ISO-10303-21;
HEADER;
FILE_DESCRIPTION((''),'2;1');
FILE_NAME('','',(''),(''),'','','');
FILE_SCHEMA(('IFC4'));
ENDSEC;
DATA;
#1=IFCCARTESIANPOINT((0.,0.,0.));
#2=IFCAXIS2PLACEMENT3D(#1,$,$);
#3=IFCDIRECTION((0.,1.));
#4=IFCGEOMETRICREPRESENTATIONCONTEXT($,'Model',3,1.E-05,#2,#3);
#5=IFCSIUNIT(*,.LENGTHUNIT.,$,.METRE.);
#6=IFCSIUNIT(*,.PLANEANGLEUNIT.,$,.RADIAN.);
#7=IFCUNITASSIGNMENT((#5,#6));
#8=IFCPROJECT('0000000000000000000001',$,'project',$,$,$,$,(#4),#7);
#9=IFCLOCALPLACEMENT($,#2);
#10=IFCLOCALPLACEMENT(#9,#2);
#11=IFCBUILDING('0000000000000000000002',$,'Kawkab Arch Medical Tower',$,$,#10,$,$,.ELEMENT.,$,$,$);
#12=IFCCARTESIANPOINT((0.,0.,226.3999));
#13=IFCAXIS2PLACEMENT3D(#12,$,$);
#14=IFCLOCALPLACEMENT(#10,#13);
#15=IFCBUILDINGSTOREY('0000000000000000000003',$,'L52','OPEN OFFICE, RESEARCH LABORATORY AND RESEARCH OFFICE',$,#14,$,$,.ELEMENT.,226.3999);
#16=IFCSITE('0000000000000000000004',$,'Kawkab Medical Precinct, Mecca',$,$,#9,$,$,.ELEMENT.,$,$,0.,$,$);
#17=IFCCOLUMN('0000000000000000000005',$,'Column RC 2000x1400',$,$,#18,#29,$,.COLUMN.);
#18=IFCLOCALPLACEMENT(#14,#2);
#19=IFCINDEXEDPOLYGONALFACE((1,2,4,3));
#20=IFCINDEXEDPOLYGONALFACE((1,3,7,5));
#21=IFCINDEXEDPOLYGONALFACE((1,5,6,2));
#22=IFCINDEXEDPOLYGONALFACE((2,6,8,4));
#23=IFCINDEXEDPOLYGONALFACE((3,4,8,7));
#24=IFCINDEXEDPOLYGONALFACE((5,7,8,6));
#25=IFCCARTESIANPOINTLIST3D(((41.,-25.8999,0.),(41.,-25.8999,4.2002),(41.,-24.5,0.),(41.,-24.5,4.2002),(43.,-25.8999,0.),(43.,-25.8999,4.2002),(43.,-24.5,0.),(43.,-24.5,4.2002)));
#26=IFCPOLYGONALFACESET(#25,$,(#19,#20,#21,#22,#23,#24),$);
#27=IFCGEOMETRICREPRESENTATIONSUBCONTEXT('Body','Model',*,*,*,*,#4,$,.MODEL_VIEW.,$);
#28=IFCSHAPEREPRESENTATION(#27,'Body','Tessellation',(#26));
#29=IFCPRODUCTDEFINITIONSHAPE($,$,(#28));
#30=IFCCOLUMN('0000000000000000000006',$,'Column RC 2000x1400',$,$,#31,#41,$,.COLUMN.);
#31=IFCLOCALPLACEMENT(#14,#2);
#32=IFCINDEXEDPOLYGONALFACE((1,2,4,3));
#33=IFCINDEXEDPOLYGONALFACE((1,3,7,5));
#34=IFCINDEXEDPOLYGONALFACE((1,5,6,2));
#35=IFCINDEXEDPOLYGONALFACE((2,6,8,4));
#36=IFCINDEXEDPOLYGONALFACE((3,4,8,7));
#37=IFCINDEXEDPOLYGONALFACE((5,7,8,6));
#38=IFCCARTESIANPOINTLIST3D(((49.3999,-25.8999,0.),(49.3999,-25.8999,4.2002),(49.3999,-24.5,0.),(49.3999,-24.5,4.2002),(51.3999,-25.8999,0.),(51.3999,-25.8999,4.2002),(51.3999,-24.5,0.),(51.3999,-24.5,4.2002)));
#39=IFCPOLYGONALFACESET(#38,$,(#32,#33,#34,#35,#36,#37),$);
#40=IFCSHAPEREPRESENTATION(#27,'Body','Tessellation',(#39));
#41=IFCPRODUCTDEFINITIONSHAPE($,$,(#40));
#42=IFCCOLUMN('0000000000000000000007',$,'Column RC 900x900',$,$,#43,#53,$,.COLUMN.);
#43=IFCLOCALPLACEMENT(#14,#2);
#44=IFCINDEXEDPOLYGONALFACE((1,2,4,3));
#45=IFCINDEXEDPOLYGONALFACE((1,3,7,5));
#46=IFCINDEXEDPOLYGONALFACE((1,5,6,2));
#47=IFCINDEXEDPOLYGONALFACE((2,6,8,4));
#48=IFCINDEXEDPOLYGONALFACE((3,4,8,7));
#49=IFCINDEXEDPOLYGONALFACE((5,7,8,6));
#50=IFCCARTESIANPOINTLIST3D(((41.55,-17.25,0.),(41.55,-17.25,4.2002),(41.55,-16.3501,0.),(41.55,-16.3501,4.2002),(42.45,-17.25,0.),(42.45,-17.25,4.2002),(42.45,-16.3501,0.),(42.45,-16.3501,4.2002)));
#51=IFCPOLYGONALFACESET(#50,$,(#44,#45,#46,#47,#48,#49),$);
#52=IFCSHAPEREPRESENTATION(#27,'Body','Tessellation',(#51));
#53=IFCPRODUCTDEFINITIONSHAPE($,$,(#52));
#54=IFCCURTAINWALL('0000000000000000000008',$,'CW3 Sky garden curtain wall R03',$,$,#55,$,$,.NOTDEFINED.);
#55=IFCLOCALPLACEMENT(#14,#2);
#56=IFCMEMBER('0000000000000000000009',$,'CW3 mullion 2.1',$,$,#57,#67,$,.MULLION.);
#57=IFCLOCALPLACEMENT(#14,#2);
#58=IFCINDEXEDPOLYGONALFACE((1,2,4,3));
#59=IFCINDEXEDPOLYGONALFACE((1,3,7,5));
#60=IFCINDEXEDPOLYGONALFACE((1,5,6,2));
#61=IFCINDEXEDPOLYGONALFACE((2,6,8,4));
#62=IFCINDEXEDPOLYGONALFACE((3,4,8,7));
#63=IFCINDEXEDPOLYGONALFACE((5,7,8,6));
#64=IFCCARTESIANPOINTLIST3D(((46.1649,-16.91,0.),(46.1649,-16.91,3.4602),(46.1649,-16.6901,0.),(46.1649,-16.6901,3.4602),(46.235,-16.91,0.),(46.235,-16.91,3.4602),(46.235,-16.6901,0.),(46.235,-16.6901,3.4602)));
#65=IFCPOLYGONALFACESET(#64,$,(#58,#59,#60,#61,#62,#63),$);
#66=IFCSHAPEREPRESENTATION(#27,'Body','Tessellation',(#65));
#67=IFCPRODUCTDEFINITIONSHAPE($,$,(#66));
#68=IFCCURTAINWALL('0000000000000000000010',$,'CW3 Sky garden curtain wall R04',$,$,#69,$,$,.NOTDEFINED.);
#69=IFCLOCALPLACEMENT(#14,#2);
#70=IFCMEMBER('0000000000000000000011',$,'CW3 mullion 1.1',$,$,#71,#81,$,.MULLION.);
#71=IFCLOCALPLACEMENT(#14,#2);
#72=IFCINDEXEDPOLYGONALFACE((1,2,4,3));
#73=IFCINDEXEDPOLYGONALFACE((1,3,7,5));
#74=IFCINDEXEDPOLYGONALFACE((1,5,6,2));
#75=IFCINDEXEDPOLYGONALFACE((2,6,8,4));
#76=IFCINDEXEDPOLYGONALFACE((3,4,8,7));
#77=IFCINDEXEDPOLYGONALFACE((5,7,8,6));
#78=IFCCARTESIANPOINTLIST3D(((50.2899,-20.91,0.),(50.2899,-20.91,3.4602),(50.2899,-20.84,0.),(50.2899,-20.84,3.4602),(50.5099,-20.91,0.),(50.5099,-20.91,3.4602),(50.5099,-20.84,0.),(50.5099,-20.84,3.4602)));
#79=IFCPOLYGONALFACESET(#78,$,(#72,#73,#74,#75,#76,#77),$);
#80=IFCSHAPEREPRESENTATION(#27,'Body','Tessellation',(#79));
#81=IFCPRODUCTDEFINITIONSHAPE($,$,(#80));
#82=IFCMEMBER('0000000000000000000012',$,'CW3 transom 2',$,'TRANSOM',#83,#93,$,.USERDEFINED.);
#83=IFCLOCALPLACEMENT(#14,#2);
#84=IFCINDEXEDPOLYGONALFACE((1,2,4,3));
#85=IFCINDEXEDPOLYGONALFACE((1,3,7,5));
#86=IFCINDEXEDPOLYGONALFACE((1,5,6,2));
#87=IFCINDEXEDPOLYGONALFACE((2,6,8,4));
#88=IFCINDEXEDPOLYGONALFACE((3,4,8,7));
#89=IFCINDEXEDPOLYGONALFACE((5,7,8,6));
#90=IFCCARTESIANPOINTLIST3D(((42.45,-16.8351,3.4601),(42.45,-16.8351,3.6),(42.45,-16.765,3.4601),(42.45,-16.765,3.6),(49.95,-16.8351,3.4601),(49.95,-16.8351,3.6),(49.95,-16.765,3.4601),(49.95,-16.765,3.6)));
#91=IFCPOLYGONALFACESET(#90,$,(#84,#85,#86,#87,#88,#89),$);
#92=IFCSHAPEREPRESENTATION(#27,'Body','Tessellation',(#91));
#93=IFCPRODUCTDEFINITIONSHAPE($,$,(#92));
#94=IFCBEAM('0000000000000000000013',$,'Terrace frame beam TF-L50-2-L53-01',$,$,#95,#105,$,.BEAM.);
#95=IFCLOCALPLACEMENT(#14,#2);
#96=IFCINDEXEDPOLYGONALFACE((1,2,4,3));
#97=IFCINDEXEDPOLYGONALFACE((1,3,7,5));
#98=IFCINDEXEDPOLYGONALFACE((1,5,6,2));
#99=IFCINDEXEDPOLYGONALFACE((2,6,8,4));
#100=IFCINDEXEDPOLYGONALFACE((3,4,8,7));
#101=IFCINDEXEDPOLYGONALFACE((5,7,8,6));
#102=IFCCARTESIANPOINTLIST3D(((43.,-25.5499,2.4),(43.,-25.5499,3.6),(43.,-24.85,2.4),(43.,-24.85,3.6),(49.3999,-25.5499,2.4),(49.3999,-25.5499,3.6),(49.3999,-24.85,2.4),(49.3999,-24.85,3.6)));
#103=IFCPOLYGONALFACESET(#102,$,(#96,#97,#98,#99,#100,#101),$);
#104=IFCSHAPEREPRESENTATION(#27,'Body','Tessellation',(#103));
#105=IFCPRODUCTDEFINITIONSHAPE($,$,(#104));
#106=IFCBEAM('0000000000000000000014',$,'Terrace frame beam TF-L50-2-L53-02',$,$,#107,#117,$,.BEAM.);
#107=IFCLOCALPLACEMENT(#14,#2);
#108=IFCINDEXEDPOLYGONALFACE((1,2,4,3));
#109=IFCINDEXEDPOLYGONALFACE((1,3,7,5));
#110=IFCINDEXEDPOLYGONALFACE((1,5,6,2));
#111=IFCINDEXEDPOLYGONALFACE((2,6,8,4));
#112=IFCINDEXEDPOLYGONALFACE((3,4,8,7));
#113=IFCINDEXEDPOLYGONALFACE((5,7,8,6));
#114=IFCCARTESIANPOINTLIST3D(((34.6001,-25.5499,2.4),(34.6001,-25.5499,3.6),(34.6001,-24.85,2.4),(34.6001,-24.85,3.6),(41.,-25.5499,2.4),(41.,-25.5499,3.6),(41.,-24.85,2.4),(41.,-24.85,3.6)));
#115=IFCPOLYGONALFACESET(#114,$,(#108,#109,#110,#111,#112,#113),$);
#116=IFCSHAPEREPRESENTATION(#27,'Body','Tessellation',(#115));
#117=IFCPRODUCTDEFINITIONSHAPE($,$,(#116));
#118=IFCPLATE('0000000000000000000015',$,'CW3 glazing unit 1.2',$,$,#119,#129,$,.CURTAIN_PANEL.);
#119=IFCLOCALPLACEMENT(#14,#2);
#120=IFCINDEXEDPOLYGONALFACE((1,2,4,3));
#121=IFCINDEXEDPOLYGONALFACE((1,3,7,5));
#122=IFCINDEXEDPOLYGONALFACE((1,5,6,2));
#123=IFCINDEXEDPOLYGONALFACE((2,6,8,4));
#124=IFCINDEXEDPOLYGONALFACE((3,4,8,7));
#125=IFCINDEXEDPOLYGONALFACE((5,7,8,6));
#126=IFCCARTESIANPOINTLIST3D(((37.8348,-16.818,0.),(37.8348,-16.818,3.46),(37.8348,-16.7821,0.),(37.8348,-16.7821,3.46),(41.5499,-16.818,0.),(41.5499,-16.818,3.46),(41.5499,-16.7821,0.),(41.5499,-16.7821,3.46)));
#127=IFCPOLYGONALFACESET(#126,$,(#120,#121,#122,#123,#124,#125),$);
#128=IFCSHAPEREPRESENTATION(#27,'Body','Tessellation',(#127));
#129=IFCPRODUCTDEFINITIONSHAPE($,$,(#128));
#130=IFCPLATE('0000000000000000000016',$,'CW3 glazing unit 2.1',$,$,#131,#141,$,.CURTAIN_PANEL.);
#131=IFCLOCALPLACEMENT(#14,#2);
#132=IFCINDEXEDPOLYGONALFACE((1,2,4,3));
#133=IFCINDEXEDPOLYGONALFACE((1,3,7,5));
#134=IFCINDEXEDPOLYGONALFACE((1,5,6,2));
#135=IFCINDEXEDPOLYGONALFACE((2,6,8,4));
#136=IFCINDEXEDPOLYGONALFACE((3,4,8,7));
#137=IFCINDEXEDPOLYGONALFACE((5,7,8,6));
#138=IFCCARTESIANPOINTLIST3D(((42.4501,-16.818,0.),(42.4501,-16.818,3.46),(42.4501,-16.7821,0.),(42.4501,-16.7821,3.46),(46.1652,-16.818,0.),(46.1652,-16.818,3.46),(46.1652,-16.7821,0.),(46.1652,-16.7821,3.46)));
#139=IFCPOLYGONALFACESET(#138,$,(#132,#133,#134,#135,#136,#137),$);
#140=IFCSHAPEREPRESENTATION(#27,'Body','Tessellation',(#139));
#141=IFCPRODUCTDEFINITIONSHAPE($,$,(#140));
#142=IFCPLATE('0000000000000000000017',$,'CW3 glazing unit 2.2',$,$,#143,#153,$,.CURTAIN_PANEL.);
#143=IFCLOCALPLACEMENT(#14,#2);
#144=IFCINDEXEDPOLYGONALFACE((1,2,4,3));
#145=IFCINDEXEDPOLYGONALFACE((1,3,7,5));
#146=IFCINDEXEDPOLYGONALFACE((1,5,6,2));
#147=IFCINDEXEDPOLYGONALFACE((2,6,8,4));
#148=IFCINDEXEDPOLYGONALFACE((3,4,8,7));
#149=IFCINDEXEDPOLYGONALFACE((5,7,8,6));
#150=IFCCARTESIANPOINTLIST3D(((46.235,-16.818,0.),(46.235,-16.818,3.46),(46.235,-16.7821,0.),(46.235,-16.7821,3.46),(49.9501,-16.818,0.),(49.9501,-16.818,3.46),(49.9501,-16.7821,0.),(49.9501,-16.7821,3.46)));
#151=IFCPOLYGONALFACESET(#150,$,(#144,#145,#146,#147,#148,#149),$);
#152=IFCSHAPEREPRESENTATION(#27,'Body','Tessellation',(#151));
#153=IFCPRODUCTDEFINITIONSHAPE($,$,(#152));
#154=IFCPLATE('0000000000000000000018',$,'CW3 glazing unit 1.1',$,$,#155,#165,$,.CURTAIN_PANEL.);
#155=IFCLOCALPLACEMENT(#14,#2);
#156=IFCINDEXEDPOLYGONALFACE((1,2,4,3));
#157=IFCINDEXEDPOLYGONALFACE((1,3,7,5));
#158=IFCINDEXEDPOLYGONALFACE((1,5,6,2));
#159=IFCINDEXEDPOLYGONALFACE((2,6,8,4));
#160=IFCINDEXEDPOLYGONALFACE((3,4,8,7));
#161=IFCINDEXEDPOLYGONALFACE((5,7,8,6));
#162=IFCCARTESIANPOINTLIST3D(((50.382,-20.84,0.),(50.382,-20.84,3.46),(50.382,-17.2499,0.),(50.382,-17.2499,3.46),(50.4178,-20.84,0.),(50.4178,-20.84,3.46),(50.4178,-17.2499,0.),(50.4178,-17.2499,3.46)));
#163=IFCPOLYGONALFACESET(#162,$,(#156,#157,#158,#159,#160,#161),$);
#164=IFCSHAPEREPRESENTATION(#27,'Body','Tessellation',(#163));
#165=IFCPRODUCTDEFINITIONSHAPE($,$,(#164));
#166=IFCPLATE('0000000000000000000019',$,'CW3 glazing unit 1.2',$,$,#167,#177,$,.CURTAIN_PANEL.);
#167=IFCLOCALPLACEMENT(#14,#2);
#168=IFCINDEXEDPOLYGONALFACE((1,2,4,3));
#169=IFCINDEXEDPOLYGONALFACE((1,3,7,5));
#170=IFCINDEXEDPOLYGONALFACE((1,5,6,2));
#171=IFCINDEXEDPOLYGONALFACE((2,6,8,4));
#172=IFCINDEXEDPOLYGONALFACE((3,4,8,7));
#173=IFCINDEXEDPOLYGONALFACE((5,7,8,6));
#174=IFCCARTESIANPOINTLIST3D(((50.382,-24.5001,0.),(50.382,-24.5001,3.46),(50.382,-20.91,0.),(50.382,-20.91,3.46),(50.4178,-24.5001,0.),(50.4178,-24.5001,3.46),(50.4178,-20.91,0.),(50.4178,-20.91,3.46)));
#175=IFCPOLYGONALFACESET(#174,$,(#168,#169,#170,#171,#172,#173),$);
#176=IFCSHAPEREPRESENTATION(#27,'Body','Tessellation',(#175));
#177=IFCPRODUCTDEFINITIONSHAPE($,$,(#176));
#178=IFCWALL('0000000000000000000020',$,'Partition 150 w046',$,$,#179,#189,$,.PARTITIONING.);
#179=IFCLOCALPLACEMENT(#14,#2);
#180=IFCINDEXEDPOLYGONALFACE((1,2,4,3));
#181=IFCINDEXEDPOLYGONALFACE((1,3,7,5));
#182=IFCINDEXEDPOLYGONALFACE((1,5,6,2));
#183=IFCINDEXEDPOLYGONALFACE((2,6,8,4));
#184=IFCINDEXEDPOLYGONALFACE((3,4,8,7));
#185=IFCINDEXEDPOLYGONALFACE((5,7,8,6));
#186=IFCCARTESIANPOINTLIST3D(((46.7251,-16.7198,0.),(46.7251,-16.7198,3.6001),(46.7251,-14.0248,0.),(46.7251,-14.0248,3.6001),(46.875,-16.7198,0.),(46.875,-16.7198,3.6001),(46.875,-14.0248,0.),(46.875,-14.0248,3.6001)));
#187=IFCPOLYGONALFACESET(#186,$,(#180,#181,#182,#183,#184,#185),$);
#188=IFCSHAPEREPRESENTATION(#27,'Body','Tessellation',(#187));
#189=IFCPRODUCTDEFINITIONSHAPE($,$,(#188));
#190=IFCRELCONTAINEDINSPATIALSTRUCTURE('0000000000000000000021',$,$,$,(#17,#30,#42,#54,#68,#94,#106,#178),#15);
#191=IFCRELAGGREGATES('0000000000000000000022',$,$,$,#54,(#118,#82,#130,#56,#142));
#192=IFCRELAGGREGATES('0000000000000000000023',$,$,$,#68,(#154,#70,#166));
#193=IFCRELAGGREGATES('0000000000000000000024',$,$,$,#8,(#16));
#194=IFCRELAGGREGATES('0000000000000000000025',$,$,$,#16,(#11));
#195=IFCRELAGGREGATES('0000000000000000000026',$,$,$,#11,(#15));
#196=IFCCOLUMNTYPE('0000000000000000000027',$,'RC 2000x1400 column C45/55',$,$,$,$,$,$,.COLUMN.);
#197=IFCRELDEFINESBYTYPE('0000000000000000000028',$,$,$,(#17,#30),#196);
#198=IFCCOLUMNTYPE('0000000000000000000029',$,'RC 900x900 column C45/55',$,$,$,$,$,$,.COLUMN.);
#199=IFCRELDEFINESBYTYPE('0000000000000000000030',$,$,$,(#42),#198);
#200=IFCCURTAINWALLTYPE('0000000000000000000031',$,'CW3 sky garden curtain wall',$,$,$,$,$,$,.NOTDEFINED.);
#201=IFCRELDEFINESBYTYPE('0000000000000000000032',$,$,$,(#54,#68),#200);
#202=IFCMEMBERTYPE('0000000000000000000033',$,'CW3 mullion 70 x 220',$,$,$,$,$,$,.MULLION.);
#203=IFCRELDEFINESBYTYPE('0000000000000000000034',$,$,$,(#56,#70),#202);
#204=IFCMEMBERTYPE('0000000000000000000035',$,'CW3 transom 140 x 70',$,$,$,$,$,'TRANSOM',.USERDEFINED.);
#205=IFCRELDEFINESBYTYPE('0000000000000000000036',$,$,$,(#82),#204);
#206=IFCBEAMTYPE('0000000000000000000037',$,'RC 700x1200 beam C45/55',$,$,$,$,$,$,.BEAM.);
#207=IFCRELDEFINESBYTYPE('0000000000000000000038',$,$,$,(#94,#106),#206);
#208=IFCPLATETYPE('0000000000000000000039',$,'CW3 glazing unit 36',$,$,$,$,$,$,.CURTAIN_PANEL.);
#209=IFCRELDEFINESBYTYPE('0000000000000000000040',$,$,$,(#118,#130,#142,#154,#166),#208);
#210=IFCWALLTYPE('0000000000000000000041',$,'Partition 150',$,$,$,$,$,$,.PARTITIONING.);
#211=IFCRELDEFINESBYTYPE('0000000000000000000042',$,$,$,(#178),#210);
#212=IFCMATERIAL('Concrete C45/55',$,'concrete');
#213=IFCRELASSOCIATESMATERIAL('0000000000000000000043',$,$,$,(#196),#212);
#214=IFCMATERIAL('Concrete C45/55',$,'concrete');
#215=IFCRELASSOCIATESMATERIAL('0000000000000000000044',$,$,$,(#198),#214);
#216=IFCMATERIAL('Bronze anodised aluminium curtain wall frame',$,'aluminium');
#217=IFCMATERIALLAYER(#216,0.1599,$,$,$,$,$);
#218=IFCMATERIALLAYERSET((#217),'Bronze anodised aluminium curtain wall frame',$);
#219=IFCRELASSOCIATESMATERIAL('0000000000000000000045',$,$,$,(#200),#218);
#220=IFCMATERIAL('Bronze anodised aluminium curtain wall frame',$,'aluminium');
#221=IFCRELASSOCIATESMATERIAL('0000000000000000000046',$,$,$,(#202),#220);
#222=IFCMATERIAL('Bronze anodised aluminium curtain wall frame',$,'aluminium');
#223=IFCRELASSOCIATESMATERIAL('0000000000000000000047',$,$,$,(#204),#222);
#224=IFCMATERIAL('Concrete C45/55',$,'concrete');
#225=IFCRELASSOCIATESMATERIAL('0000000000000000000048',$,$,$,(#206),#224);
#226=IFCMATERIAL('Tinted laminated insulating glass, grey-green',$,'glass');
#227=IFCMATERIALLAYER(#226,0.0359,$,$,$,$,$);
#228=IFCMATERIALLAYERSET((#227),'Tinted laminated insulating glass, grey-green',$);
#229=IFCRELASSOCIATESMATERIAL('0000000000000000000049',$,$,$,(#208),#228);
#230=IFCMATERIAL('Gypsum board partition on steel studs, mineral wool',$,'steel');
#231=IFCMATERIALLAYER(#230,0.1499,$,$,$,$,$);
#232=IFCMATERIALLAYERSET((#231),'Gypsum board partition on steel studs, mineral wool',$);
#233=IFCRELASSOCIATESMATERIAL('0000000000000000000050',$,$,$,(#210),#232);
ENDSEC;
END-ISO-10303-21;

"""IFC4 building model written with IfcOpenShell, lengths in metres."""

from ifc_helpers import new_model, si_unit, direction, frame, frame_2d, origin, origin_2d, place, context, subcontext, project, spatial, rectangle, extrude, material, layer, layer_set, material_profile, profile_set, type_object, element, aggregate, save


model = new_model("IFC4")

# Units and contexts
model_context = context("Model", 3, precision=1e-05, world=origin(), true_north=direction((0.0, 1.0)))
body_context = subcontext(model_context, "Body", "Model", "MODEL_VIEW")
ifc_project = project(units=[si_unit("LENGTHUNIT", "METRE"), si_unit("PLANEANGLEUNIT", "RADIAN")], contexts=[model_context])

# Site, building, storey
site_placement = place(None, origin())
site = spatial("IfcSite", under=ifc_project, at=site_placement, Name="Kawkab Medical Precinct, Mecca", CompositionType="ELEMENT", RefElevation=0.0)
building_placement = place(site_placement, origin())
building = spatial("IfcBuilding", under=site, at=building_placement, Name="Kawkab Arch Medical Tower", CompositionType="ELEMENT")
storey_placement = place(building_placement, frame((0.0, 0.0, 226.3999)))
storey = spatial("IfcBuildingStorey", under=building, at=storey_placement, Name="L52", Description="OPEN OFFICE, RESEARCH LABORATORY AND RESEARCH OFFICE", CompositionType="ELEMENT", Elevation=226.3999)

# Columns
ifc_material_1 = material(Name="Concrete C45/55", Category="concrete")
ifc_material_profile_1 = material_profile(ifc_material_1, rectangle(XDim=2.0, YDim=1.3999, at=origin_2d()), Name="RC 2000x1400")
ifc_profile_set_1 = profile_set([ifc_material_profile_1], Name="Concrete C45/55")
column_type_1 = type_object("IfcColumnType", Name="RC 2000x1400 column C45/55", PredefinedType="COLUMN", material=ifc_profile_set_1)
for number, where, z_axis, x_axis, name in (
    (1, (42.0, -25.2, 0.0), (0.0, 0.0, 1.0), (-1.0, 0.0, 0.0), "Column RC 2000x1400"),
    (2, (50.3999, -25.2, 0.0), (0.0, 0.0, 1.0), (-1.0, 0.0, 0.0), "Column RC 2000x1400"),
):
    element("IfcColumn", number, at=place(storey_placement, frame(where, z_axis=z_axis, x_axis=x_axis)), inside=storey, type_object=column_type_1, Name=name, PredefinedType="COLUMN", context=body_context, shape_type="SweptSolid", body=[
        extrude(rectangle(XDim=2.0, YDim=1.3999, at=origin_2d()), origin(), (0.0, 0.0, 1.0), 4.2002),
    ])
ifc_material_2 = material(Name="Concrete C45/55", Category="concrete")
ifc_material_profile_2 = material_profile(ifc_material_2, rectangle(XDim=0.8999, YDim=0.8999, at=origin_2d()), Name="RC 900x900")
ifc_profile_set_2 = profile_set([ifc_material_profile_2], Name="Concrete C45/55")
column_type_2 = type_object("IfcColumnType", Name="RC 900x900 column C45/55", PredefinedType="COLUMN", material=ifc_profile_set_2)
column_placement = place(storey_placement, frame((42.0, -16.8, 0.0), z_axis=(0.0, 0.0, 1.0), x_axis=(1.0, 0.0, 0.0)))
element("IfcColumn", 3, at=column_placement, inside=storey, type_object=column_type_2, Name="Column RC 900x900", PredefinedType="COLUMN", context=body_context, shape_type="SweptSolid", body=[
    extrude(rectangle(XDim=0.8999, YDim=0.8999, at=origin_2d()), origin(), (0.0, 0.0, 1.0), 4.2002),
])

# Curtain walls, members
ifc_material_3 = material(Name="Bronze anodised aluminium curtain wall frame", Category="aluminium")
ifc_layer_1 = layer(ifc_material_3, 0.1599)
ifc_layer_set_1 = layer_set([ifc_layer_1], Name="Bronze anodised aluminium curtain wall frame")
curtain_wall_type = type_object("IfcCurtainWallType", Name="CW3 sky garden curtain wall", PredefinedType="NOTDEFINED", material=ifc_layer_set_1)
placement = place(storey_placement, origin())
curtain_wall_1 = element("IfcCurtainWall", 4, at=placement, inside=storey, type_object=curtain_wall_type, Name="CW3 Sky garden curtain wall R03", PredefinedType="NOTDEFINED")
ifc_material_4 = material(Name="Bronze anodised aluminium curtain wall frame", Category="aluminium")
ifc_material_profile_3 = material_profile(ifc_material_4, rectangle(XDim=0.22, YDim=0.0701, at=origin_2d()), Name="AL 70x220")
ifc_profile_set_3 = profile_set([ifc_material_profile_3], Name="Bronze anodised aluminium curtain wall frame")
member_type_1 = type_object("IfcMemberType", Name="CW3 mullion 70 x 220", PredefinedType="MULLION", material=ifc_profile_set_3)
member_1_placement = place(storey_placement, frame((46.2, -16.8, 0.0), z_axis=(0.0, 0.0, 1.0), x_axis=(0.0, 1.0, 0.0)))
member_1 = element("IfcMember", 5, at=member_1_placement, type_object=member_type_1, Name="CW3 mullion 2.1", PredefinedType="MULLION", context=body_context, shape_type="SweptSolid", body=[
    extrude(rectangle(XDim=0.22, YDim=0.0701, at=origin_2d()), origin(), (0.0, 0.0, 1.0), 3.4602),
])
curtain_wall_2 = element("IfcCurtainWall", 6, at=placement, inside=storey, type_object=curtain_wall_type, Name="CW3 Sky garden curtain wall R04", PredefinedType="NOTDEFINED")
member_2_placement = place(storey_placement, frame((50.3999, -20.875, 0.0), z_axis=(0.0, 0.0, 1.0), x_axis=(1.0, 0.0, 0.0)))
member_2 = element("IfcMember", 7, at=member_2_placement, type_object=member_type_1, Name="CW3 mullion 1.1", PredefinedType="MULLION", context=body_context, shape_type="SweptSolid", body=[
    extrude(rectangle(XDim=0.22, YDim=0.0701, at=origin_2d()), origin(), (0.0, 0.0, 1.0), 3.4602),
])

# Member
ifc_material_5 = material(Name="Bronze anodised aluminium curtain wall frame", Category="aluminium")
ifc_material_profile_4 = material_profile(ifc_material_5, rectangle(XDim=0.0701, YDim=0.1399, at=origin_2d()), Name="AL 70x140")
ifc_profile_set_4 = profile_set([ifc_material_profile_4], Name="Bronze anodised aluminium curtain wall frame")
member_type_2 = type_object("IfcMemberType", Name="CW3 transom 140 x 70", ElementType="TRANSOM", PredefinedType="USERDEFINED", material=ifc_profile_set_4)
member_3_placement = place(storey_placement, frame((42.45, -16.8, 3.53), z_axis=(1.0, 0.0, 0.0), x_axis=(0.0, 1.0, 0.0)))
member_3 = element("IfcMember", 8, at=member_3_placement, type_object=member_type_2, Name="CW3 transom 2", ObjectType="TRANSOM", PredefinedType="USERDEFINED", context=body_context, shape_type="SweptSolid", body=[
    extrude(rectangle(XDim=0.0701, YDim=0.1399, at=origin_2d()), origin(), (0.0, 0.0, 1.0), 7.5),
])

# Beams
ifc_material_6 = material(Name="Concrete C45/55", Category="concrete")
ifc_material_profile_5 = material_profile(ifc_material_6, rectangle(XDim=0.7, YDim=1.2, at=origin_2d()), Name="RC 700x1200")
ifc_profile_set_5 = profile_set([ifc_material_profile_5], Name="Concrete C45/55")
beam_type = type_object("IfcBeamType", Name="RC 700x1200 beam C45/55", PredefinedType="BEAM", material=ifc_profile_set_5)
for number, where, z_axis, x_axis, name in (
    (9, (49.3999, -25.2, 3.0), (-1.0, 0.0, 0.0), (0.0, -1.0, 0.0), "Terrace frame beam TF-L50-2-L53-01"),
    (10, (41.0, -25.2, 3.0), (-1.0, 0.0, 0.0), (0.0, -1.0, 0.0), "Terrace frame beam TF-L50-2-L53-02"),
):
    element("IfcBeam", number, at=place(storey_placement, frame(where, z_axis=z_axis, x_axis=x_axis)), inside=storey, type_object=beam_type, Name=name, PredefinedType="BEAM", context=body_context, shape_type="SweptSolid", body=[
        extrude(rectangle(XDim=0.7, YDim=1.2, at=origin_2d()), origin(), (0.0, 0.0, 1.0), 6.3999),
    ])

# Plates
ifc_material_7 = material(Name="Tinted laminated insulating glass, grey-green", Category="glass")
ifc_layer_2 = layer(ifc_material_7, 0.0359)
ifc_layer_set_2 = layer_set([ifc_layer_2], Name="Tinted laminated insulating glass, grey-green")
plate_type = type_object("IfcPlateType", Name="CW3 glazing unit 36", PredefinedType="CURTAIN_PANEL", material=ifc_layer_set_2)
plate_1_placement = place(storey_placement, frame((39.6924, -16.8, 0.0), z_axis=(0.0, 0.0, 1.0), x_axis=(1.0, 0.0, 0.0)))
plate_1 = element("IfcPlate", 11, at=plate_1_placement, type_object=plate_type, Name="CW3 glazing unit 1.2", PredefinedType="CURTAIN_PANEL", context=body_context, shape_type="SweptSolid", body=[
    extrude(rectangle(XDim=3.7151, YDim=0.0359, at=origin_2d()), origin(), (0.0, 0.0, 1.0), 3.46),
])
plate_2_placement = place(storey_placement, frame((44.3076, -16.8, 0.0), z_axis=(0.0, 0.0, 1.0), x_axis=(1.0, 0.0, 0.0)))
plate_2 = element("IfcPlate", 12, at=plate_2_placement, type_object=plate_type, Name="CW3 glazing unit 2.1", PredefinedType="CURTAIN_PANEL", context=body_context, shape_type="SweptSolid", body=[
    extrude(rectangle(XDim=3.7151, YDim=0.0359, at=origin_2d()), origin(), (0.0, 0.0, 1.0), 3.46),
])
plate_3_placement = place(storey_placement, frame((48.0925, -16.8, 0.0), z_axis=(0.0, 0.0, 1.0), x_axis=(1.0, 0.0, 0.0)))
plate_3 = element("IfcPlate", 13, at=plate_3_placement, type_object=plate_type, Name="CW3 glazing unit 2.2", PredefinedType="CURTAIN_PANEL", context=body_context, shape_type="SweptSolid", body=[
    extrude(rectangle(XDim=3.7151, YDim=0.0359, at=origin_2d()), origin(), (0.0, 0.0, 1.0), 3.46),
])
aggregate(curtain_wall_1, [plate_1, member_3, plate_2, member_1, plate_3])
plate_4_placement = place(storey_placement, frame((50.3999, -19.0449, 0.0), z_axis=(0.0, 0.0, 1.0), x_axis=(0.0, -1.0, 0.0)))
plate_4 = element("IfcPlate", 14, at=plate_4_placement, type_object=plate_type, Name="CW3 glazing unit 1.1", PredefinedType="CURTAIN_PANEL", context=body_context, shape_type="SweptSolid", body=[
    extrude(rectangle(XDim=3.5901, YDim=0.0359, at=origin_2d()), origin(), (0.0, 0.0, 1.0), 3.46),
])
plate_5_placement = place(storey_placement, frame((50.3999, -22.7051, 0.0), z_axis=(0.0, 0.0, 1.0), x_axis=(0.0, -1.0, 0.0)))
plate_5 = element("IfcPlate", 15, at=plate_5_placement, type_object=plate_type, Name="CW3 glazing unit 1.2", PredefinedType="CURTAIN_PANEL", context=body_context, shape_type="SweptSolid", body=[
    extrude(rectangle(XDim=3.5901, YDim=0.0359, at=origin_2d()), origin(), (0.0, 0.0, 1.0), 3.46),
])
aggregate(curtain_wall_2, [plate_4, member_2, plate_5])

# Wall
ifc_material_8 = material(Name="Gypsum board partition on steel studs, mineral wool", Category="steel")
ifc_layer_3 = layer(ifc_material_8, 0.1499)
ifc_layer_set_3 = layer_set([ifc_layer_3], Name="Gypsum board partition on steel studs, mineral wool")
wall_type = type_object("IfcWallType", Name="Partition 150", PredefinedType="PARTITIONING", material=ifc_layer_set_3)
wall_placement = place(storey_placement, frame((46.8, -16.72, 0.0), z_axis=(0.0, 0.0, 1.0), x_axis=(0.0, 1.0, 0.0)))
element("IfcWall", 16, at=wall_placement, inside=storey, type_object=wall_type, Name="Partition 150 w046", PredefinedType="PARTITIONING", context=body_context, shape_type="SweptSolid", body=[
    extrude(rectangle(XDim=2.6951, YDim=0.1499, at=frame_2d((1.3477, 0.0))), origin(), (0.0, 0.0, 1.0), 3.6001),
])

save(model, "model.ifc")
